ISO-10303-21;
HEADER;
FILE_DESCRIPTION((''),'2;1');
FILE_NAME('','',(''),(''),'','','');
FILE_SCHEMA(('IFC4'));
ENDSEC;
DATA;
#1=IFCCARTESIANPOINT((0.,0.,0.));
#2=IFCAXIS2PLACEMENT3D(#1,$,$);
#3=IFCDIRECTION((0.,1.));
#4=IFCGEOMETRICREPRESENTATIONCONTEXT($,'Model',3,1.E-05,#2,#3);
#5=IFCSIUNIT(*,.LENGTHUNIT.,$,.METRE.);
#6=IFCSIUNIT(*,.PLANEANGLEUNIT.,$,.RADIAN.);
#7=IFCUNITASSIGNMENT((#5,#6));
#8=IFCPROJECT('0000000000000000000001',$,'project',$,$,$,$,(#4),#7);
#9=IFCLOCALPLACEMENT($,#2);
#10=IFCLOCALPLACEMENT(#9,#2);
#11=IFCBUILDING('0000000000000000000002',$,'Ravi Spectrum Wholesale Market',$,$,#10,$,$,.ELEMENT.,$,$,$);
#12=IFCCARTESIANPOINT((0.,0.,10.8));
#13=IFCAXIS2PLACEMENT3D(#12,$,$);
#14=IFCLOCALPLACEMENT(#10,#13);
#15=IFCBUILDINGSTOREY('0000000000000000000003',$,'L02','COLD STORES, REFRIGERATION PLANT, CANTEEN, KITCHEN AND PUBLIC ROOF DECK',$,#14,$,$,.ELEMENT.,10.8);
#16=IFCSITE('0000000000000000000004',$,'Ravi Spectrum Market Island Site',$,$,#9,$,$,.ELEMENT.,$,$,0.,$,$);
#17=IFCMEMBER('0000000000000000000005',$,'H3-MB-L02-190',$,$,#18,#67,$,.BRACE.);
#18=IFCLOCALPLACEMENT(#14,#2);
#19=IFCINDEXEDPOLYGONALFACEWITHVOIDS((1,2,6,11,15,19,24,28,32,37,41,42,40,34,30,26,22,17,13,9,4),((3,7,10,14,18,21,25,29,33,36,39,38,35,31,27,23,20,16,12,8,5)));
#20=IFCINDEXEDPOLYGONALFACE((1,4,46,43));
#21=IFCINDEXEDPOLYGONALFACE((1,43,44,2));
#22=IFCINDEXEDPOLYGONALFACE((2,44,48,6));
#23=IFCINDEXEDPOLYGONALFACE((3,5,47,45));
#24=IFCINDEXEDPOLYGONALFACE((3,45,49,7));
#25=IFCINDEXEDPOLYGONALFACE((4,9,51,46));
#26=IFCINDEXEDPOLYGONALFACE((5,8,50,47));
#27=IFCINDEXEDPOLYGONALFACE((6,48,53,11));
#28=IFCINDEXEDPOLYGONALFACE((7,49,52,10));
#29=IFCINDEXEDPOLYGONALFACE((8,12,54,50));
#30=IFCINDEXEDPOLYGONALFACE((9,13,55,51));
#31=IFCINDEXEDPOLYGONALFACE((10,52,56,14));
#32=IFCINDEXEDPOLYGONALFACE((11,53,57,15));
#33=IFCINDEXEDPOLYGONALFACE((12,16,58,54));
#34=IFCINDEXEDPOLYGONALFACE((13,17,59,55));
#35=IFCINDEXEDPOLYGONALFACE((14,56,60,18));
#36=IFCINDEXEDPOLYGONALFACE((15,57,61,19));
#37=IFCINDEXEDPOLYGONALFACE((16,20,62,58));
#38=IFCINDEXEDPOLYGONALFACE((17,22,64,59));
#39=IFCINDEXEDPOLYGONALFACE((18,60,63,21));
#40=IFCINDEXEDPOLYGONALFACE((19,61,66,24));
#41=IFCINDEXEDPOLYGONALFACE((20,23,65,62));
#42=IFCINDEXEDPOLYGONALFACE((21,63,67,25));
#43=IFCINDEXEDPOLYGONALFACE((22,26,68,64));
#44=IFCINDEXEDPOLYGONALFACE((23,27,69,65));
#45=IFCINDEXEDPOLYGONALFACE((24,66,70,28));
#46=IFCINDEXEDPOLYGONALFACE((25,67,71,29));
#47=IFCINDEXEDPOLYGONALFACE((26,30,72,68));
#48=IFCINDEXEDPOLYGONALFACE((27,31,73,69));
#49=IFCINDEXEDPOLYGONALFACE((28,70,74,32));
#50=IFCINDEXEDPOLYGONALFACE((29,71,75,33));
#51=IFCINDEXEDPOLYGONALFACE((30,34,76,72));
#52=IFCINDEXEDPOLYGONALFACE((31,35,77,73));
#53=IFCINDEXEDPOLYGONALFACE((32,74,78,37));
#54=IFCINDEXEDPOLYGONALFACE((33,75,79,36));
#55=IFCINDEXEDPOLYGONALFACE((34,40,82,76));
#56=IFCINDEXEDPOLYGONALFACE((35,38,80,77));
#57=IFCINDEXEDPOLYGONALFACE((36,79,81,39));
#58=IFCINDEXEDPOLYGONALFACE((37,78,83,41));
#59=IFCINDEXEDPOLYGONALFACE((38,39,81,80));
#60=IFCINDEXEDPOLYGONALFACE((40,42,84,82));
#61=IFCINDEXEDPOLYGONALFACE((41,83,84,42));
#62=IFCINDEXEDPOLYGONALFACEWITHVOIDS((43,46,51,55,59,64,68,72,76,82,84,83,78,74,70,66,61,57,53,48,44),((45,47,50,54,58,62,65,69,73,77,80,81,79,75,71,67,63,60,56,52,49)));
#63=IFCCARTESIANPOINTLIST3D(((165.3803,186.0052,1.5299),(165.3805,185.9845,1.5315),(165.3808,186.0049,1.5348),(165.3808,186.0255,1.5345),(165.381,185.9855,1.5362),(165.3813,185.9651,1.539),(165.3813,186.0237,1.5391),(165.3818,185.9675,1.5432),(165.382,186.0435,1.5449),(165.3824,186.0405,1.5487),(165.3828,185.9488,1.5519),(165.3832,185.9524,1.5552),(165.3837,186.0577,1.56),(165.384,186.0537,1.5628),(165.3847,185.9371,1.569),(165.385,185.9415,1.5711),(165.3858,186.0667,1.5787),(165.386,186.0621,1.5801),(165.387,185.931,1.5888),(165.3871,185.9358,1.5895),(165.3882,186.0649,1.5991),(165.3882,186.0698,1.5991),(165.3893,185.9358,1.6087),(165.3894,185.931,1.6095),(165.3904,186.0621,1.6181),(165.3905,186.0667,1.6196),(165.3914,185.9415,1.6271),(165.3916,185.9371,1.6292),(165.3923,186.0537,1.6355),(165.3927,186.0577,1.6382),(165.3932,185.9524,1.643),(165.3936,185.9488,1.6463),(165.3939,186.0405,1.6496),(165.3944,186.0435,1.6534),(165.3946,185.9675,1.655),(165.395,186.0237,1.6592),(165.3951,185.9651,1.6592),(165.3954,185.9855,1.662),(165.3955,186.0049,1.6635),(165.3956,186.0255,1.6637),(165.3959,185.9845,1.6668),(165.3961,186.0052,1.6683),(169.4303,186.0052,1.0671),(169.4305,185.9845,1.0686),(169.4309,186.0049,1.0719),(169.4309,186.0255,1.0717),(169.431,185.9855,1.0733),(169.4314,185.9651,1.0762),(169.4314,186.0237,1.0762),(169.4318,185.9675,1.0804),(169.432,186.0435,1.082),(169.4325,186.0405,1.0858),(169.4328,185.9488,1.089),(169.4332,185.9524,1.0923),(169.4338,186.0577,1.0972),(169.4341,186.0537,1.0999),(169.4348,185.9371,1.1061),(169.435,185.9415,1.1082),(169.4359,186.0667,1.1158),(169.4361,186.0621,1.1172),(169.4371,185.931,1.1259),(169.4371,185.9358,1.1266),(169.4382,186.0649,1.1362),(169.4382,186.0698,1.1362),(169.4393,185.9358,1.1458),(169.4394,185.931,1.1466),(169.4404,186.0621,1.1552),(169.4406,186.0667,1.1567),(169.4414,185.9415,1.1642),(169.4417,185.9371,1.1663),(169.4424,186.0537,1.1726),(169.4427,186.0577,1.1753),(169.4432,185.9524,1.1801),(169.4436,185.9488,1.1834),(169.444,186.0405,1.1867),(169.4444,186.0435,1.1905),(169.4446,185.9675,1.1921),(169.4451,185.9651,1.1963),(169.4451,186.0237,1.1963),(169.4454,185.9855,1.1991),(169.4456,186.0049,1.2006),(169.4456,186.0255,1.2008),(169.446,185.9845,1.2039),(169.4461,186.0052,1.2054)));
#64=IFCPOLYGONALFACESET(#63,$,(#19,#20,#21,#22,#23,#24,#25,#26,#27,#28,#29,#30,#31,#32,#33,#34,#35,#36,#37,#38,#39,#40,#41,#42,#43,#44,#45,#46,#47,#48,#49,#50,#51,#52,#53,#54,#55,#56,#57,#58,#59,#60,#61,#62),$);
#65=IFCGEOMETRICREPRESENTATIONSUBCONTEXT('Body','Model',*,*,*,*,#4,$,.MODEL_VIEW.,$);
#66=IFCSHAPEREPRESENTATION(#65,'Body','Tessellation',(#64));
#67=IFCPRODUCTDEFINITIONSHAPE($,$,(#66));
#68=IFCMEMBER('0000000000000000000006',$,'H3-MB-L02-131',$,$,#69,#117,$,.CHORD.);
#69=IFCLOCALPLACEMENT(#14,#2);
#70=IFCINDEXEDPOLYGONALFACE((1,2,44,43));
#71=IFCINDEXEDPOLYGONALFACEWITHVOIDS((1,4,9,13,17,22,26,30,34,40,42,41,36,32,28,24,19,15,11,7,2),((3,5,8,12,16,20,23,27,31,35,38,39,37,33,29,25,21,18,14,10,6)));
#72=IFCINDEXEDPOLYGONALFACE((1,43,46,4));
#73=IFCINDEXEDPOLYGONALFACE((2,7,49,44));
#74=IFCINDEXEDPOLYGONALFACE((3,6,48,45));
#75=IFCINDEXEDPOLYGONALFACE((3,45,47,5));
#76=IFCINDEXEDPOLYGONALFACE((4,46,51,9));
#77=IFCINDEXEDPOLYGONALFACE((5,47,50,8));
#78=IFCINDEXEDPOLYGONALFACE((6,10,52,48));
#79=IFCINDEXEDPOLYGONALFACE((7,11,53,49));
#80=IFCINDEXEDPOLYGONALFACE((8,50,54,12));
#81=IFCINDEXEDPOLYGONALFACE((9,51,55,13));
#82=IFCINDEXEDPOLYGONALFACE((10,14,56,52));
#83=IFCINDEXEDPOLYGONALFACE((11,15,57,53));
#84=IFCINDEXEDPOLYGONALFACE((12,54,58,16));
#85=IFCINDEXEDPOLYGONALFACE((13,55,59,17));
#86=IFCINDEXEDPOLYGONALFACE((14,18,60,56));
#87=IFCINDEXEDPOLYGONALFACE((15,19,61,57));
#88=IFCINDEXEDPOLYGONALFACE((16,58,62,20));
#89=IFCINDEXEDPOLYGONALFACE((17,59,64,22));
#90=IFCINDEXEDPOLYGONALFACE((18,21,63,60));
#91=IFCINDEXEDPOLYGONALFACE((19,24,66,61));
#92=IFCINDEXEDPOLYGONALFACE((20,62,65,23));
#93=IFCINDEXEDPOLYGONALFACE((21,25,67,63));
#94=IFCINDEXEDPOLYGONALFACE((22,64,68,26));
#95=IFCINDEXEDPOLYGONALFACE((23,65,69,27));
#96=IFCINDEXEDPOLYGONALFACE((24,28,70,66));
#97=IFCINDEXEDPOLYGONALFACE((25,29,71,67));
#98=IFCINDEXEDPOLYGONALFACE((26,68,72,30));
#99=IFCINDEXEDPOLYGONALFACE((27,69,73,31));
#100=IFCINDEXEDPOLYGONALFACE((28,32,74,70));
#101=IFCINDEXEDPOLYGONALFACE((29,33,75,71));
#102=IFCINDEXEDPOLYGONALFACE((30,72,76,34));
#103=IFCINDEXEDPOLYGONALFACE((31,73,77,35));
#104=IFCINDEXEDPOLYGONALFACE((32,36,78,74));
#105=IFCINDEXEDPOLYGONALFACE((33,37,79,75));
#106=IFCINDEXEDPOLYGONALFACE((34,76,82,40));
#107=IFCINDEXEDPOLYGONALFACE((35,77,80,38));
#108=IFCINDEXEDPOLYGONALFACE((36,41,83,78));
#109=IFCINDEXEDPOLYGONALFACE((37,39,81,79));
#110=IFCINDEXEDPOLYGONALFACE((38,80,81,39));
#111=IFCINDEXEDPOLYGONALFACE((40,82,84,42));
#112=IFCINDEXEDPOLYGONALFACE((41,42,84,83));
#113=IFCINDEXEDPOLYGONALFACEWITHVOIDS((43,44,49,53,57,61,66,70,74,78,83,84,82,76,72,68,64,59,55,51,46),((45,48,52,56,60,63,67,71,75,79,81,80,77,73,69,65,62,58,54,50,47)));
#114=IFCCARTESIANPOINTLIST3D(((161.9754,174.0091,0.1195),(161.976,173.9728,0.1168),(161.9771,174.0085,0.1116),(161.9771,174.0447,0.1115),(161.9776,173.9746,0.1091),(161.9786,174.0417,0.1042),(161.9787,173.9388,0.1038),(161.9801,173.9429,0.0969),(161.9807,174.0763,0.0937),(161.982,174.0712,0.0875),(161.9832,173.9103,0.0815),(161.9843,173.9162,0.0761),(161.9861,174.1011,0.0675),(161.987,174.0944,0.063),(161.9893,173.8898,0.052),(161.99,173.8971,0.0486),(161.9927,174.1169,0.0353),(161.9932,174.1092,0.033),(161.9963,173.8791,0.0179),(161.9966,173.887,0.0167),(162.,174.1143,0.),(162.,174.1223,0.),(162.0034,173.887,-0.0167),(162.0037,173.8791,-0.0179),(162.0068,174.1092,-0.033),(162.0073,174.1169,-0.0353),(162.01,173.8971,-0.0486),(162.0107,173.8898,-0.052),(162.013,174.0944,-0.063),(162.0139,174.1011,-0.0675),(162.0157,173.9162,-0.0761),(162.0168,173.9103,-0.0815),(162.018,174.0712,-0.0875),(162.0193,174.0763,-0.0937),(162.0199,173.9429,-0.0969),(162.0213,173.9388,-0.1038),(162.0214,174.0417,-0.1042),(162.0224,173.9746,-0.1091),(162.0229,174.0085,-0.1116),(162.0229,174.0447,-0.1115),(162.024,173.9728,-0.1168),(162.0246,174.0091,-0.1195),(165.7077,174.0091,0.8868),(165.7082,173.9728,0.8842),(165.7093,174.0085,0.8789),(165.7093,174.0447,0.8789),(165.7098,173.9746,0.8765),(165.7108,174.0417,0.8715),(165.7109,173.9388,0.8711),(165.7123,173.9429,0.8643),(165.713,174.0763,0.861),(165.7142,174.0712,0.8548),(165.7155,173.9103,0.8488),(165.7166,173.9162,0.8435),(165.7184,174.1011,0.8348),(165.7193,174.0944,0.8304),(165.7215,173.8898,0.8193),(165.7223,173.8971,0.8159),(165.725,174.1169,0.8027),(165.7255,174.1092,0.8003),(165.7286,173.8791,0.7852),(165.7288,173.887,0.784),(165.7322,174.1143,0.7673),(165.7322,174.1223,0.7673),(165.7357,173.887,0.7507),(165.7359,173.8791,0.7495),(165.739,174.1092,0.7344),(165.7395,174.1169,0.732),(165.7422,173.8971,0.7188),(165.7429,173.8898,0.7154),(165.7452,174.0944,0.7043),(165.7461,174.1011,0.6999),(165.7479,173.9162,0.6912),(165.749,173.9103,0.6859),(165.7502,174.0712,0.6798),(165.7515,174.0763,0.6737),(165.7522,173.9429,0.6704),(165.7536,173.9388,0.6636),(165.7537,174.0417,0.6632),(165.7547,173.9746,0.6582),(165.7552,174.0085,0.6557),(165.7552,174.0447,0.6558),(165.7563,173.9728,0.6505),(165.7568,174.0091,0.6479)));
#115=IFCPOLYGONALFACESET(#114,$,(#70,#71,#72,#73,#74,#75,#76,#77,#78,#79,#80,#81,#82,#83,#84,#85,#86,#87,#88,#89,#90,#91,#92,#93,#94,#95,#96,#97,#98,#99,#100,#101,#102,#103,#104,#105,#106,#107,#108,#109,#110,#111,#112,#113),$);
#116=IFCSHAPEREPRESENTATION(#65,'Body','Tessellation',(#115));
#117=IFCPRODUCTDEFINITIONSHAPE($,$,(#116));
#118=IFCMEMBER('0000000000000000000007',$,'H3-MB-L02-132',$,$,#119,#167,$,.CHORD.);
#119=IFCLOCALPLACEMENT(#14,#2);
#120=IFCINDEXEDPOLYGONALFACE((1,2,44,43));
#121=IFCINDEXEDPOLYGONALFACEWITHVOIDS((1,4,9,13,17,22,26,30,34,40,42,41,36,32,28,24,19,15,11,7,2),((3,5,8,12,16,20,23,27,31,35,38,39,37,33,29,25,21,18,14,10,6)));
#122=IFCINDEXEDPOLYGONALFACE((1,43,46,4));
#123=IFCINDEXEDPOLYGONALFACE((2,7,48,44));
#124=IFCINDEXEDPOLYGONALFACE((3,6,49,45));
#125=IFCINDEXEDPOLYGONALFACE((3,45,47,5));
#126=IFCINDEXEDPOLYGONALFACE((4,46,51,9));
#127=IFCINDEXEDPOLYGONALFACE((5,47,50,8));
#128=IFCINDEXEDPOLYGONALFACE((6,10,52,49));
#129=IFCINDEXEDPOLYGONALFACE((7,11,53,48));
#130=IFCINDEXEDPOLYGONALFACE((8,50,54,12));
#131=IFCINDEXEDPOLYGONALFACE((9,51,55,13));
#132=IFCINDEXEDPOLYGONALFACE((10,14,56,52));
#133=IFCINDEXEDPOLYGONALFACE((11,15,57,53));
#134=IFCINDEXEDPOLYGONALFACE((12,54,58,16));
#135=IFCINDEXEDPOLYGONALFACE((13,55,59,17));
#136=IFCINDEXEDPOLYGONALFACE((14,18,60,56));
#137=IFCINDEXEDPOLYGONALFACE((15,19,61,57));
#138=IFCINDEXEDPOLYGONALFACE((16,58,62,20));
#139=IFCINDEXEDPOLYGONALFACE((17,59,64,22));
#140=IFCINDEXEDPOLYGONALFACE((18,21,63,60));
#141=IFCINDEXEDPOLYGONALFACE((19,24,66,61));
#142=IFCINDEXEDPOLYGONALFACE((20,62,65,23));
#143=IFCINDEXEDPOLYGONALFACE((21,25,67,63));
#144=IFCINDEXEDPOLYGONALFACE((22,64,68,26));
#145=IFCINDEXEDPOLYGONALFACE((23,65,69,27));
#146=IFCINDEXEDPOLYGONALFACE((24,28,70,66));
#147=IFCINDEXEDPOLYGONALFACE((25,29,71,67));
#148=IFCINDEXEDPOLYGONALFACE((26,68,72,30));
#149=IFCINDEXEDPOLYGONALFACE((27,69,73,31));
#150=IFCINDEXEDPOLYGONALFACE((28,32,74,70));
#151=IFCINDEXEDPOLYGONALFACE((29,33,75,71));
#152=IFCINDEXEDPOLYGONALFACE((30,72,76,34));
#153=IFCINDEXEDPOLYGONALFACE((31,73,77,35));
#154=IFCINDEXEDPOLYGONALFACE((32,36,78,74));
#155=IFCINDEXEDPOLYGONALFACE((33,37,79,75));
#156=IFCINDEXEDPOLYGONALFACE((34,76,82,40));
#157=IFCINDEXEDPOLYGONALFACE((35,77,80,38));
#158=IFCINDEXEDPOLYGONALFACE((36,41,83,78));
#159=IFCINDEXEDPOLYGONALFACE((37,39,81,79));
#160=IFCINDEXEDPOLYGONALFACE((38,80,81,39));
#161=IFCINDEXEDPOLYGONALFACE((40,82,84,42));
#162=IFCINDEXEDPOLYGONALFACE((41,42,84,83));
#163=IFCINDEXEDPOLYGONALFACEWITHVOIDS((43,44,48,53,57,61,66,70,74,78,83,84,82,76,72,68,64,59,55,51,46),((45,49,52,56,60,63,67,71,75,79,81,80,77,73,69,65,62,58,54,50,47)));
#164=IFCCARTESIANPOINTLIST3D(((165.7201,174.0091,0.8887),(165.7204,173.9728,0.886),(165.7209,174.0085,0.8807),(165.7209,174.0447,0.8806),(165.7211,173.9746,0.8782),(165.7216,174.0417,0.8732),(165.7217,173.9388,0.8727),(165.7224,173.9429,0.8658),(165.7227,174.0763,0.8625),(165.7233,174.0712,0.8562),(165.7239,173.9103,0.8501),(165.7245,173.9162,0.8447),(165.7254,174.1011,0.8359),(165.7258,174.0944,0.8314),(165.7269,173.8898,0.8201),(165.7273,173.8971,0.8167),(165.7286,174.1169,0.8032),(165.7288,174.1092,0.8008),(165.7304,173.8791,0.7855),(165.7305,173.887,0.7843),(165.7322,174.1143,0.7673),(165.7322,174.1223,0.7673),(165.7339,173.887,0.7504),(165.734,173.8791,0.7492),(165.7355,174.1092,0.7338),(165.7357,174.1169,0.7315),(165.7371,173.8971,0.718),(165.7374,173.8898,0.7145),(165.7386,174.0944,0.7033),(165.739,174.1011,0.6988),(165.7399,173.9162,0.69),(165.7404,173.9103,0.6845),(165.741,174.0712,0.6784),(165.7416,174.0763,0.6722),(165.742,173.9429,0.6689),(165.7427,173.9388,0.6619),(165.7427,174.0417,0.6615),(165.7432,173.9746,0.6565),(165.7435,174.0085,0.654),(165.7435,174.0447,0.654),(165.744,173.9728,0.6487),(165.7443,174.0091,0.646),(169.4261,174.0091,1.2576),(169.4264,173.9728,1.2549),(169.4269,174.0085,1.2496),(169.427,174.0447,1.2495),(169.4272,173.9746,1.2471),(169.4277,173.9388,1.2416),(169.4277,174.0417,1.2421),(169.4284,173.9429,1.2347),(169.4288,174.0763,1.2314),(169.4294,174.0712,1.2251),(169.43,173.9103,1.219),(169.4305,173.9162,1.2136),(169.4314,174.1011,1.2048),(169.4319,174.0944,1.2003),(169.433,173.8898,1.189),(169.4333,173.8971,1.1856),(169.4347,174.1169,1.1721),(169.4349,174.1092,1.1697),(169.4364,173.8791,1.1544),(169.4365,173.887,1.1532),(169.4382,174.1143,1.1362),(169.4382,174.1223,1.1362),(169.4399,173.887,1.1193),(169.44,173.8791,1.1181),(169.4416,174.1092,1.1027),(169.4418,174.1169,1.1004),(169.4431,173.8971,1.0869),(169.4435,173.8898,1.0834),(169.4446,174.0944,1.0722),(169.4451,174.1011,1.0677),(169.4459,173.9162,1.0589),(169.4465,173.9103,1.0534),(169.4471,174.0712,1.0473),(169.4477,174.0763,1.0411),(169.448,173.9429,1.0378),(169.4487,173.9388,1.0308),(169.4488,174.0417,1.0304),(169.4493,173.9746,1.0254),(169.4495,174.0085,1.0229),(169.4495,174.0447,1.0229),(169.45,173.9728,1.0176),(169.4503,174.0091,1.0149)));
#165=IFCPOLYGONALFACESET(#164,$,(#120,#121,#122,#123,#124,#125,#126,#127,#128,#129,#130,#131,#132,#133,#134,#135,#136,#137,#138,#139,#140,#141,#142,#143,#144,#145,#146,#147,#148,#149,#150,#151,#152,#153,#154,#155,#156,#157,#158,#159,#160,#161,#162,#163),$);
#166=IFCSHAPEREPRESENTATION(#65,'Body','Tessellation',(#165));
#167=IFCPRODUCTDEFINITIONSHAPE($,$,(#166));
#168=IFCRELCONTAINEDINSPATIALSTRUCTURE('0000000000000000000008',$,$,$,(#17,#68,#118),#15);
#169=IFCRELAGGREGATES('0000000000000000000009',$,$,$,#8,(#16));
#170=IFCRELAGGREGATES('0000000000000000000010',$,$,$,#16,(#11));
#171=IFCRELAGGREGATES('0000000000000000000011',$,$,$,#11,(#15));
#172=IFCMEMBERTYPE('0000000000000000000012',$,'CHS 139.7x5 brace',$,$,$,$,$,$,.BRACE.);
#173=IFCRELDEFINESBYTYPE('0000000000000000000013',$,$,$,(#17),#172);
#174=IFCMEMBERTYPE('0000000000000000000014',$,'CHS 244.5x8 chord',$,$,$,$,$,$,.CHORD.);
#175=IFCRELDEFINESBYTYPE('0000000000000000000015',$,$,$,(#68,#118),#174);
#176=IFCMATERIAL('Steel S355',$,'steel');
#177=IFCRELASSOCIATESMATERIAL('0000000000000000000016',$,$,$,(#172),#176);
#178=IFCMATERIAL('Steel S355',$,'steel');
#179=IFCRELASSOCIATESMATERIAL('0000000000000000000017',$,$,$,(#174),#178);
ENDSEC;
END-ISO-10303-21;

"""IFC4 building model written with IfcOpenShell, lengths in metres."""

from ifc_helpers import new_model, si_unit, direction, frame, origin, origin_2d, place, context, subcontext, project, spatial, hollow_circle, extrude, material, material_profile, profile_set, type_object, element, save


model = new_model("IFC4")

# Units and contexts
model_context = context("Model", 3, precision=1e-05, world=origin(), true_north=direction((0.0, 1.0)))
body_context = subcontext(model_context, "Body", "Model", "MODEL_VIEW")
ifc_project = project(units=[si_unit("LENGTHUNIT", "METRE"), si_unit("PLANEANGLEUNIT", "RADIAN")], contexts=[model_context])

# Site, building, storey
site_placement = place(None, origin())
site = spatial("IfcSite", under=ifc_project, at=site_placement, Name="Ravi Spectrum Market Island Site", CompositionType="ELEMENT", RefElevation=0.0)
building_placement = place(site_placement, origin())
building = spatial("IfcBuilding", under=site, at=building_placement, Name="Ravi Spectrum Wholesale Market", CompositionType="ELEMENT")
storey_placement = place(building_placement, frame((0.0, 0.0, 10.8)))
storey = spatial("IfcBuildingStorey", under=building, at=storey_placement, Name="L02", Description="COLD STORES, REFRIGERATION PLANT, CANTEEN, KITCHEN AND PUBLIC ROOF DECK", CompositionType="ELEMENT", Elevation=10.8)

# Members
ifc_material_1 = material(Name="Steel S355", Category="steel")
ifc_material_profile_1 = material_profile(ifc_material_1, hollow_circle(Radius=0.0698, WallThickness=0.0049, at=origin_2d()))
ifc_profile_set_1 = profile_set([ifc_material_profile_1], Name="Steel S355")
member_type_1 = type_object("IfcMemberType", Name="CHS 139.7x5 brace", PredefinedType="BRACE", material=ifc_profile_set_1)
for number, where, z_axis, x_axis, name in (
    (1, (165.3882, 186.0, 1.5991), (0.993532, 0.0, -0.113553), (0.0, 1.0, 0.0), "H3-MB-L02-190"),
):
    element("IfcMember", number, at=place(storey_placement, frame(where, z_axis=z_axis, x_axis=x_axis)), inside=storey, type_object=member_type_1, Name=name, PredefinedType="BRACE", context=body_context, shape_type="SweptSolid", body=[
        extrude(hollow_circle(Radius=0.0698, WallThickness=0.0049, at=origin_2d()), origin(), (0.0, 0.0, 1.0), 4.0764),
    ])
ifc_material_2 = material(Name="Steel S355", Category="steel")
ifc_material_profile_2 = material_profile(ifc_material_2, hollow_circle(Radius=0.1223, WallThickness=0.0081, at=origin_2d()))
ifc_profile_set_2 = profile_set([ifc_material_profile_2], Name="Steel S355")
member_type_2 = type_object("IfcMemberType", Name="CHS 244.5x8 chord", PredefinedType="CHORD", material=ifc_profile_set_2)
member_1_placement = place(storey_placement, frame((162.0, 174.0, 0.0), z_axis=(0.979512, 0.0, 0.201387), x_axis=(0.0, 1.0, 0.0)))
element("IfcMember", 2, at=member_1_placement, inside=storey, type_object=member_type_2, Name="H3-MB-L02-131", PredefinedType="CHORD", context=body_context, shape_type="SweptSolid", body=[
    extrude(hollow_circle(Radius=0.1223, WallThickness=0.0081, at=origin_2d()), origin(), (0.0, 0.0, 1.0), 3.8103),
])
member_2_placement = place(storey_placement, frame((165.7322, 174.0, 0.7673), z_axis=(0.995083, 0.0, 0.099049), x_axis=(0.0, 1.0, 0.0)))
element("IfcMember", 3, at=member_2_placement, inside=storey, type_object=member_type_2, Name="H3-MB-L02-132", PredefinedType="CHORD", context=body_context, shape_type="SweptSolid", body=[
    extrude(hollow_circle(Radius=0.1223, WallThickness=0.0081, at=origin_2d()), origin(), (0.0, 0.0, 1.0), 3.7244),
])

save(model, "model.ifc")
